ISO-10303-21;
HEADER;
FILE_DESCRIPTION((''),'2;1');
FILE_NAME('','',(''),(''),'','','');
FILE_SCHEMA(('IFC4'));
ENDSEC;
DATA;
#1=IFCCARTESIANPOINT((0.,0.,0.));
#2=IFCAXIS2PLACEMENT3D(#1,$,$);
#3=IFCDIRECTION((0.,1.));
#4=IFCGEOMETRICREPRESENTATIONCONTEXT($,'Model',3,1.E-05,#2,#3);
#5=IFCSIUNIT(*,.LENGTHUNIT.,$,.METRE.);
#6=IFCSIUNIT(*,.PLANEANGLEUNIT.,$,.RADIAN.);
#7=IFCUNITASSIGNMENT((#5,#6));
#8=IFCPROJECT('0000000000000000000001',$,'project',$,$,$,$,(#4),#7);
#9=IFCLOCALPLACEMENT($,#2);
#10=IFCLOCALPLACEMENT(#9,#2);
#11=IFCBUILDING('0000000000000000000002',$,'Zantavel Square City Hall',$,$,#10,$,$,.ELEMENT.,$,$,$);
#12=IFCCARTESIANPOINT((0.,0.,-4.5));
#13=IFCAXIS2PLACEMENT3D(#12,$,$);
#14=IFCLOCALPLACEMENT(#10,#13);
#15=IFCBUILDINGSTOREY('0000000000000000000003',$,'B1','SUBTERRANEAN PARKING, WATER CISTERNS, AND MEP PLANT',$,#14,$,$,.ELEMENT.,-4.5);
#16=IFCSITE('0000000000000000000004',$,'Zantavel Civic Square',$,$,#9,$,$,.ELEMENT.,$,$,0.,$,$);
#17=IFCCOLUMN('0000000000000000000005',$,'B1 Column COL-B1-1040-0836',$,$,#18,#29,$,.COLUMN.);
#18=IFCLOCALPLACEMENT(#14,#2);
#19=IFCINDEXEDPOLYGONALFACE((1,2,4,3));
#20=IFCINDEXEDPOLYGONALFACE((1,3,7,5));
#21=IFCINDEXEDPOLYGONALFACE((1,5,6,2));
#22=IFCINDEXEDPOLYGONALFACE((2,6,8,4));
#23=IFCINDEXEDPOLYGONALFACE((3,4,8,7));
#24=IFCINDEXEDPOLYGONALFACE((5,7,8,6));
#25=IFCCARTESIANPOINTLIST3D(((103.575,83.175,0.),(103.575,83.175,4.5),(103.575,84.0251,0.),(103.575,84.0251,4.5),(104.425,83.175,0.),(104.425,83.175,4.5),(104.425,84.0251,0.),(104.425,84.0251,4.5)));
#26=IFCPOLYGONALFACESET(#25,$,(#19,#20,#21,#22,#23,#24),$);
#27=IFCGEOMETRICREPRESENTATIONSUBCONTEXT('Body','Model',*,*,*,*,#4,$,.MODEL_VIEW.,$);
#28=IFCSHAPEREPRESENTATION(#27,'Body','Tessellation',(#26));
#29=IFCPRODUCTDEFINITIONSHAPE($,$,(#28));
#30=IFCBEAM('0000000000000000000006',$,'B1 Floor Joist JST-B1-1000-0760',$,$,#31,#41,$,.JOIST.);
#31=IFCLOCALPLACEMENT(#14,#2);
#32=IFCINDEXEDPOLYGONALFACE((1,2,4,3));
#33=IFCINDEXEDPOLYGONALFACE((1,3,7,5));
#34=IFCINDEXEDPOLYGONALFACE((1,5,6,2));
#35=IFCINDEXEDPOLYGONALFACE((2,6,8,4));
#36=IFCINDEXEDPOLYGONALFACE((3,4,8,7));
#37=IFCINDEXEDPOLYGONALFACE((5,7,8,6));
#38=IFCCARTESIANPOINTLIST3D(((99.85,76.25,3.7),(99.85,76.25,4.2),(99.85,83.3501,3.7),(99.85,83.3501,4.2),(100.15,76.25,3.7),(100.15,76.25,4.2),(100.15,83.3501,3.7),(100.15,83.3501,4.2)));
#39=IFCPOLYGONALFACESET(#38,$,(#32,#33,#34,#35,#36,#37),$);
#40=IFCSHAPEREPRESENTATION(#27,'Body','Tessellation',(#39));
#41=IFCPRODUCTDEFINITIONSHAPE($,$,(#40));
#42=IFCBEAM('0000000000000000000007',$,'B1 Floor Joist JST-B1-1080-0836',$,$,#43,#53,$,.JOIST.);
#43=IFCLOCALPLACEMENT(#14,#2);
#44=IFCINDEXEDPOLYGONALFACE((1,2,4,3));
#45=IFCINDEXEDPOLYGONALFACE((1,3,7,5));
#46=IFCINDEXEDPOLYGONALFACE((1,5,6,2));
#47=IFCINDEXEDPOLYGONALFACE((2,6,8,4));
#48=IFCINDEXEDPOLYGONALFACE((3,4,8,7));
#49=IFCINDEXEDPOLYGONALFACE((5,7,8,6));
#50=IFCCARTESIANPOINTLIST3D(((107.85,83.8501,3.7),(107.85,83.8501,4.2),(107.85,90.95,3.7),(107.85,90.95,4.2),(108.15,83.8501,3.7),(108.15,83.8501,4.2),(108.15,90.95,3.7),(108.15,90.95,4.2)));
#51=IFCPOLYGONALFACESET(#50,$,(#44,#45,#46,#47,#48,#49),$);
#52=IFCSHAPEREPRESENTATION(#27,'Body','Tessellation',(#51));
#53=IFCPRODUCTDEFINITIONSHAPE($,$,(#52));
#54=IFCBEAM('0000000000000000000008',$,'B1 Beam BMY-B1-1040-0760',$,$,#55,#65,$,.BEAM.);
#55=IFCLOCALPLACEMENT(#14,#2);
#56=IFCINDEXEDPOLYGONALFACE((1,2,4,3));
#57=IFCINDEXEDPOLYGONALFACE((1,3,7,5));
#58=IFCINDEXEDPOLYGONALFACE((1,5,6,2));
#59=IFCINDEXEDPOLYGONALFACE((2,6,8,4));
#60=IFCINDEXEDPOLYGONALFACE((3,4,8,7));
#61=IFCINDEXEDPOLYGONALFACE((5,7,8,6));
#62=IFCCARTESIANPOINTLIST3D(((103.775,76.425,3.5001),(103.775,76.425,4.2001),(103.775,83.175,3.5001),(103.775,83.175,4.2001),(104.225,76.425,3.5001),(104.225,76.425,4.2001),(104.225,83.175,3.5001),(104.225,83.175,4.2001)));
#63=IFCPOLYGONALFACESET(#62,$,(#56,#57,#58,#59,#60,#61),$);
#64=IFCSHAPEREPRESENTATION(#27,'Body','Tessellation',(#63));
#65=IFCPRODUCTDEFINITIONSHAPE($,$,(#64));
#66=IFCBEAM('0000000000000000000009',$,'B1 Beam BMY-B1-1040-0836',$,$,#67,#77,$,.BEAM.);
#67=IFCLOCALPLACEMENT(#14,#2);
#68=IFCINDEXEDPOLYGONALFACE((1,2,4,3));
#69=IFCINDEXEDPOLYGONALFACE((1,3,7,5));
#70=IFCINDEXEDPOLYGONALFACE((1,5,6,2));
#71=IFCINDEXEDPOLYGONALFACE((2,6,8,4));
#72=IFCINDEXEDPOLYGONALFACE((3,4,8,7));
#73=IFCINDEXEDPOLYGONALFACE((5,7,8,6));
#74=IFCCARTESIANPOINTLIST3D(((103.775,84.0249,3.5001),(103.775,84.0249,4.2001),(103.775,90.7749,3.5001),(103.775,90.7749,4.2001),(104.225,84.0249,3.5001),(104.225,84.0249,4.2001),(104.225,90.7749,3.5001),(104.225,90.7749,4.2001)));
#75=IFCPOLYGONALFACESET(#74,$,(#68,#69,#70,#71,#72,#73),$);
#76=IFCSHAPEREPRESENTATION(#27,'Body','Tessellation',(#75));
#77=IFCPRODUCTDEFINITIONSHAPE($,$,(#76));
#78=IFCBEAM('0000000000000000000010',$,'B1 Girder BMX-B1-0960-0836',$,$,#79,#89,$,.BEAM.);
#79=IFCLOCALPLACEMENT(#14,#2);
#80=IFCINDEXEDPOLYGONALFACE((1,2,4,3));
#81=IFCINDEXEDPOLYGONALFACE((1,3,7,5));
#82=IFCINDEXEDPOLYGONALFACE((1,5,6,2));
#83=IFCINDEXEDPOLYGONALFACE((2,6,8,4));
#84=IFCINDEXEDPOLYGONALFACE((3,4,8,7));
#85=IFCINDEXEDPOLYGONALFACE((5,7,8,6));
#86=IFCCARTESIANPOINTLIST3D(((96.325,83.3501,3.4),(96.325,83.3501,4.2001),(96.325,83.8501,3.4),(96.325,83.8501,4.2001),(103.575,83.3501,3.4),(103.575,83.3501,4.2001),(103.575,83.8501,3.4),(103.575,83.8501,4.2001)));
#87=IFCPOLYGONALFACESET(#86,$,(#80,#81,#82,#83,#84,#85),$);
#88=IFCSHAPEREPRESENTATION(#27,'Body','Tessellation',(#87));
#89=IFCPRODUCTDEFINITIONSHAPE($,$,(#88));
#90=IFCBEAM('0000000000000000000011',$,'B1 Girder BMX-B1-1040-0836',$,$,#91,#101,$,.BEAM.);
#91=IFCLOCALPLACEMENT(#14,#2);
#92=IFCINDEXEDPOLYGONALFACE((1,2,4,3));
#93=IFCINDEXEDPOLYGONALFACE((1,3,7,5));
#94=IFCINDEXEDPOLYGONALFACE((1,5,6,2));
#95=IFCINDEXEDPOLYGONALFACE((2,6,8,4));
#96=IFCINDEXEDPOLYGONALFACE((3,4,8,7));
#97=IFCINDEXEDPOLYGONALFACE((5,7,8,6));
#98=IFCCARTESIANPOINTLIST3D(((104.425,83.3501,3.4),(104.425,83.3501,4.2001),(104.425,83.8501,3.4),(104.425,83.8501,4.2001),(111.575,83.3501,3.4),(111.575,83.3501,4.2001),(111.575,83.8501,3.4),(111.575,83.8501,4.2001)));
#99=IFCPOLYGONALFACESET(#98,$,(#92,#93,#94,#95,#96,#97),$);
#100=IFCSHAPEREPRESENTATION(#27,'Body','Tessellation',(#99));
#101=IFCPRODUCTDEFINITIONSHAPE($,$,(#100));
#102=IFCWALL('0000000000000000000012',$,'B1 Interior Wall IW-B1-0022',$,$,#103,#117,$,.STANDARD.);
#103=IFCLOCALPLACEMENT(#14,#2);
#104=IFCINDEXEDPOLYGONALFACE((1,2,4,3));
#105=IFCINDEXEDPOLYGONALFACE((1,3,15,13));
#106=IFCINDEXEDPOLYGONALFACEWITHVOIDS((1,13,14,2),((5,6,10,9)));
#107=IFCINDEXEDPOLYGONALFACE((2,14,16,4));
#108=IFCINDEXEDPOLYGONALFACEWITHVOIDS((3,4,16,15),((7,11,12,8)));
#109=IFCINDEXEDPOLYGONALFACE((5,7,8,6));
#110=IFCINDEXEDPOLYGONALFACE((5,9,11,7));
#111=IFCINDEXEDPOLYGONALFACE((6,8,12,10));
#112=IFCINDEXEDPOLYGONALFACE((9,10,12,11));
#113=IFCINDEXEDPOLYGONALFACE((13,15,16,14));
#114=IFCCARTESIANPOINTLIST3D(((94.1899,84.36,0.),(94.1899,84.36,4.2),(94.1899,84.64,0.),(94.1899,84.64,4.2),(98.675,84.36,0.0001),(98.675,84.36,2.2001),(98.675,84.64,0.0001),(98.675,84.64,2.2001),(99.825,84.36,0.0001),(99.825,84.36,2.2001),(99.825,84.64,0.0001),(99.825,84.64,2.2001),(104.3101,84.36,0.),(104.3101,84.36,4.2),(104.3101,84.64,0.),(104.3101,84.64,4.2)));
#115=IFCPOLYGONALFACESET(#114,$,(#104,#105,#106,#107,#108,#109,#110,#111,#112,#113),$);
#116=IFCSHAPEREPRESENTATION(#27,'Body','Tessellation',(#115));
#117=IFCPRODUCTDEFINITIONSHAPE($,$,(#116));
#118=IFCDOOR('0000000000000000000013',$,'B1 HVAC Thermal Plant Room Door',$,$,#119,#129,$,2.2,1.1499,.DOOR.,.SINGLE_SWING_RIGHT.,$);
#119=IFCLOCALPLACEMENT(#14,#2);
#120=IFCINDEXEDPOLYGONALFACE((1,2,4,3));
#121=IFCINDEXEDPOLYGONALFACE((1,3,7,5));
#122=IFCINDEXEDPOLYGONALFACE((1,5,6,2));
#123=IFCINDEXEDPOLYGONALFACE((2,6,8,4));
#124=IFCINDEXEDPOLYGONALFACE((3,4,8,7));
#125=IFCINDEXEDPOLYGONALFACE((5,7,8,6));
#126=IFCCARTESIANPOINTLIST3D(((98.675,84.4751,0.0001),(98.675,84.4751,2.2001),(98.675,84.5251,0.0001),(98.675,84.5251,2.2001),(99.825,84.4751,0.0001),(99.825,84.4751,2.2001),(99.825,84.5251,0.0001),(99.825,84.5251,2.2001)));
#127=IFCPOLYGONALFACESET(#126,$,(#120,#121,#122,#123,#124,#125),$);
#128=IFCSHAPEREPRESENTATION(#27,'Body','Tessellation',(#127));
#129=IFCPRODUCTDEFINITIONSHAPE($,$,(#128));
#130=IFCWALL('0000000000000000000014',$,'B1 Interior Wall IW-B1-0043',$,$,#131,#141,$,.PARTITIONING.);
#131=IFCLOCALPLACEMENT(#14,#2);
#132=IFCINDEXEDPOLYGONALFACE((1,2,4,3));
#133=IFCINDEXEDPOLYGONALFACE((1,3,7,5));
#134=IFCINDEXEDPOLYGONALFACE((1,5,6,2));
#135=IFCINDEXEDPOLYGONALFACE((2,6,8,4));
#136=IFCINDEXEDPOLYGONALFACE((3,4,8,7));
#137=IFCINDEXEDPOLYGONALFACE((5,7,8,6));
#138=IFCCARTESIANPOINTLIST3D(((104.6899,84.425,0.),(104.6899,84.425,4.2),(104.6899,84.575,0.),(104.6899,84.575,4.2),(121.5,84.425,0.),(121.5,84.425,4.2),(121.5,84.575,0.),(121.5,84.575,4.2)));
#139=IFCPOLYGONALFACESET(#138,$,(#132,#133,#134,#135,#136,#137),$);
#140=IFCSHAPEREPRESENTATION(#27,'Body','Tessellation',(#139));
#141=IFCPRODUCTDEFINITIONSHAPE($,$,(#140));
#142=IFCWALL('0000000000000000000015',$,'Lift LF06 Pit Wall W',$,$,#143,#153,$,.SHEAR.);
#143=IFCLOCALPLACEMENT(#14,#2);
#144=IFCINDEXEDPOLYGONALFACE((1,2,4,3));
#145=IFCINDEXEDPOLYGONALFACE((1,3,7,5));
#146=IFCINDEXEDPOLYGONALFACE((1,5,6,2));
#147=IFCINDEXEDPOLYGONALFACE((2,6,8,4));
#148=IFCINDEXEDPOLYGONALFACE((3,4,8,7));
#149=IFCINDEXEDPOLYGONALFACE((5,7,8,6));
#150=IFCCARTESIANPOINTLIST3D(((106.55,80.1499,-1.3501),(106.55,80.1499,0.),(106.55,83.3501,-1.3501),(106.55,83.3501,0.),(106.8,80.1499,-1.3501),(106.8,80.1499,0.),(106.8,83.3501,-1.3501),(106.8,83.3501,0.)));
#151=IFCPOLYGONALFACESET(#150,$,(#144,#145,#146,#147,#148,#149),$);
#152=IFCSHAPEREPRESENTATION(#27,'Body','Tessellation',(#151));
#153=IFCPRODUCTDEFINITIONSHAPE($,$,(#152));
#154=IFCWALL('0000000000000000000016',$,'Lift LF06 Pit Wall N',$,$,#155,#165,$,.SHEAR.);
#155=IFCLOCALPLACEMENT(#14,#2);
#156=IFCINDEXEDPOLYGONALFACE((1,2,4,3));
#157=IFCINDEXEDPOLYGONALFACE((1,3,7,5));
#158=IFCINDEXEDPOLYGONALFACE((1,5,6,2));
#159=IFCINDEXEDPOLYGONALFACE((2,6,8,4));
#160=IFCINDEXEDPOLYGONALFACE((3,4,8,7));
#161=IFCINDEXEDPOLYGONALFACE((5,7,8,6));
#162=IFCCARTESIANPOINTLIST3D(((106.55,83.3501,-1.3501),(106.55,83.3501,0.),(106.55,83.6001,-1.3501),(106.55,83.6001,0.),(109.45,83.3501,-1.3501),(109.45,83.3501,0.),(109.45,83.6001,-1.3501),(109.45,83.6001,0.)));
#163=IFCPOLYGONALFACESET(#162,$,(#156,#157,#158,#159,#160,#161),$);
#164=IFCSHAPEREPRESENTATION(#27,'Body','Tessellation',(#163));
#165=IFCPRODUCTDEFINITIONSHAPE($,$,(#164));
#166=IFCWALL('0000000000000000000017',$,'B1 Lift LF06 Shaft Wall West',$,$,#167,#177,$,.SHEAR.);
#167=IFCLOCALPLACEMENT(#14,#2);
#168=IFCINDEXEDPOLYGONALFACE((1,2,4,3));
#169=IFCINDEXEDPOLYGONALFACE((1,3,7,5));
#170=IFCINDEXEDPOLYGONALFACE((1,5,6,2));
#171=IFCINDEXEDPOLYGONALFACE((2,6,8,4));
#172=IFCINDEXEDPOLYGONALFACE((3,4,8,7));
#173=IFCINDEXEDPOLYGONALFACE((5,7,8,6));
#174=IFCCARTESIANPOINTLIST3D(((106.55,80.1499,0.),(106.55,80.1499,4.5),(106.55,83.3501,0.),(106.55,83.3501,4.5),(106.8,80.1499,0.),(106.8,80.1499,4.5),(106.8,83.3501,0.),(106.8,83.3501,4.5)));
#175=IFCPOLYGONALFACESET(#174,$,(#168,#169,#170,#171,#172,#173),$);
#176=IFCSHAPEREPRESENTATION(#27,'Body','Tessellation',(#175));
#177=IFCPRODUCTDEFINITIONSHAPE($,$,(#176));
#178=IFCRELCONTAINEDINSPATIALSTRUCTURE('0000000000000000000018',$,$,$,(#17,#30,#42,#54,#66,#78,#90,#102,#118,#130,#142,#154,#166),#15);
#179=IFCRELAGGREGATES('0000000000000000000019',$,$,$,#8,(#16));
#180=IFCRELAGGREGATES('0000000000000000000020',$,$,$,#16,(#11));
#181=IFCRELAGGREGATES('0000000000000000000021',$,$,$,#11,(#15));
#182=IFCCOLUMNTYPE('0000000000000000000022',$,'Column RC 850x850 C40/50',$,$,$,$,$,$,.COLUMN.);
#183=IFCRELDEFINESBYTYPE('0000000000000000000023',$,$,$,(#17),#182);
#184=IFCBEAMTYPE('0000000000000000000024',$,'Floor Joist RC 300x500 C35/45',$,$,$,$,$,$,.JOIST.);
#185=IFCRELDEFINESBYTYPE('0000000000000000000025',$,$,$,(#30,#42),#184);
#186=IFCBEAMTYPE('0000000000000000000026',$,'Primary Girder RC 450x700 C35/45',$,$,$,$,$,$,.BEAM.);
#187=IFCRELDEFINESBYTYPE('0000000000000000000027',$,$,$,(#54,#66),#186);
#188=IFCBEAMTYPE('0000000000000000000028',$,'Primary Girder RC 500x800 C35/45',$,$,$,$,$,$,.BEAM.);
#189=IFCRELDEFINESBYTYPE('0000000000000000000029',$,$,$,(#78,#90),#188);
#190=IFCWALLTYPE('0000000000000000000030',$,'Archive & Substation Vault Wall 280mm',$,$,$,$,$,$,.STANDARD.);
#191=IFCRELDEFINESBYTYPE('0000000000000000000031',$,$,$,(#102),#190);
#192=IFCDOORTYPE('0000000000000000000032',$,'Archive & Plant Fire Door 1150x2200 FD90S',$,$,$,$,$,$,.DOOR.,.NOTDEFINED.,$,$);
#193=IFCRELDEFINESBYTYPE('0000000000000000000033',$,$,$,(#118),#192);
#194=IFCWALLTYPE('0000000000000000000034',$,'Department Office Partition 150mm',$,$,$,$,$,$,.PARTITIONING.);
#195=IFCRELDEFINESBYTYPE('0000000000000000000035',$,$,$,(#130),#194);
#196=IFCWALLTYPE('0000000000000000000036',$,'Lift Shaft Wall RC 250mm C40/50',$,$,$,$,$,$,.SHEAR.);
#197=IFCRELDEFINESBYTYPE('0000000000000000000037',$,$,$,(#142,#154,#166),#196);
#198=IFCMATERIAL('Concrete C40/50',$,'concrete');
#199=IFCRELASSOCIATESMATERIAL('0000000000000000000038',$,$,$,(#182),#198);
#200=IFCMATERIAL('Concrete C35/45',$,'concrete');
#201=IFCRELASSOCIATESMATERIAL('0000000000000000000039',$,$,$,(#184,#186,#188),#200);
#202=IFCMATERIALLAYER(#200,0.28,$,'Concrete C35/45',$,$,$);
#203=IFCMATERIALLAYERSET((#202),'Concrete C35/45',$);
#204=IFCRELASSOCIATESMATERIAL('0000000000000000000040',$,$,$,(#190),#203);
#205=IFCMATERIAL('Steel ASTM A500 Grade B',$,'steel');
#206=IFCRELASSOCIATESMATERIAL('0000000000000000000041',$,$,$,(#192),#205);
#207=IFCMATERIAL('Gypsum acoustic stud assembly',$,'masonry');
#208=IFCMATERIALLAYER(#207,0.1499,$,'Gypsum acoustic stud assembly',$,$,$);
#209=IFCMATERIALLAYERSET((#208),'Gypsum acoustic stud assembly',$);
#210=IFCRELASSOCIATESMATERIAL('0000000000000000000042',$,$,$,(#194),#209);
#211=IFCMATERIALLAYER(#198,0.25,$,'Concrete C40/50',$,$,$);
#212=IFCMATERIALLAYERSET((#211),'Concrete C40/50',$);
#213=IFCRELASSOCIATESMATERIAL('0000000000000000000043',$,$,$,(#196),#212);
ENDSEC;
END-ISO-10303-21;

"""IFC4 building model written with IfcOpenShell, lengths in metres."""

from ifc_helpers import new_model, si_unit, direction, frame, frame_2d, origin, origin_2d, place, context, subcontext, project, spatial, rectangle, extrude, material, layer, layer_set, material_profile, profile_set, type_object, element, fill, save


model = new_model("IFC4")

# Units and contexts
model_context = context("Model", 3, precision=1e-05, world=origin(), true_north=direction((0.0, 1.0)))
body_context = subcontext(model_context, "Body", "Model", "MODEL_VIEW")
ifc_project = project(units=[si_unit("LENGTHUNIT", "METRE"), si_unit("PLANEANGLEUNIT", "RADIAN")], contexts=[model_context])

# Site, building, storey
site_placement = place(None, origin())
site = spatial("IfcSite", under=ifc_project, at=site_placement, Name="Zantavel Civic Square", CompositionType="ELEMENT", RefElevation=0.0)
building_placement = place(site_placement, origin())
building = spatial("IfcBuilding", under=site, at=building_placement, Name="Zantavel Square City Hall", CompositionType="ELEMENT")
storey_placement = place(building_placement, frame((0.0, 0.0, -4.5)))
storey = spatial("IfcBuildingStorey", under=building, at=storey_placement, Name="B1", Description="SUBTERRANEAN PARKING, WATER CISTERNS, AND MEP PLANT", CompositionType="ELEMENT", Elevation=-4.5)

# Shared definitions
ifc_material_1 = material(Name="Concrete C35/45", Category="concrete")

# Shared definitions
ifc_material_2 = material(Name="Concrete C40/50", Category="concrete")

# Column
ifc_material_profile_1 = material_profile(ifc_material_2, rectangle(XDim=0.8501, YDim=0.8501, at=origin_2d()), Name="RC 850x850")
ifc_profile_set_1 = profile_set([ifc_material_profile_1], Name="Concrete C40/50")
column_type = type_object("IfcColumnType", Name="Column RC 850x850 C40/50", PredefinedType="COLUMN", material=ifc_profile_set_1)
column_placement = place(storey_placement, frame((104.0, 83.6001, 0.0), z_axis=(0.0, 0.0, 1.0), x_axis=(1.0, 0.0, 0.0)))
element("IfcColumn", 1, at=column_placement, inside=storey, type_object=column_type, Name="B1 Column COL-B1-1040-0836", PredefinedType="COLUMN", context=body_context, shape_type="SweptSolid", body=[
    extrude(rectangle(XDim=0.8501, YDim=0.8501, at=origin_2d()), origin(), (0.0, 0.0, 1.0), 4.5),
])

# Beams
ifc_material_profile_2 = material_profile(ifc_material_1, rectangle(XDim=0.3, YDim=0.5, at=origin_2d()), Name="RC 300x500")
ifc_profile_set_2 = profile_set([ifc_material_profile_2], Name="Concrete C35/45")
beam_type_1 = type_object("IfcBeamType", Name="Floor Joist RC 300x500 C35/45", PredefinedType="JOIST", material=ifc_profile_set_2)
beam_1_placement = place(storey_placement, frame((100.0, 76.25, 3.95), z_axis=(0.0, 1.0, 0.0), x_axis=(-1.0, 0.0, 0.0)))
element("IfcBeam", 2, at=beam_1_placement, inside=storey, type_object=beam_type_1, Name="B1 Floor Joist JST-B1-1000-0760", PredefinedType="JOIST", context=body_context, shape_type="SweptSolid", body=[
    extrude(rectangle(XDim=0.3, YDim=0.5, at=origin_2d()), origin(), (0.0, 0.0, 1.0), 7.1001),
])
beam_2_placement = place(storey_placement, frame((108.0, 83.8501, 3.95), z_axis=(0.0, 1.0, 0.0), x_axis=(-1.0, 0.0, 0.0)))
element("IfcBeam", 3, at=beam_2_placement, inside=storey, type_object=beam_type_1, Name="B1 Floor Joist JST-B1-1080-0836", PredefinedType="JOIST", context=body_context, shape_type="SweptSolid", body=[
    extrude(rectangle(XDim=0.3, YDim=0.5, at=origin_2d()), origin(), (0.0, 0.0, 1.0), 7.0999),
])
ifc_material_profile_3 = material_profile(ifc_material_1, rectangle(XDim=0.45, YDim=0.7, at=origin_2d()), Name="RC 450x700")
ifc_profile_set_3 = profile_set([ifc_material_profile_3], Name="Concrete C35/45")
beam_type_2 = type_object("IfcBeamType", Name="Primary Girder RC 450x700 C35/45", PredefinedType="BEAM", material=ifc_profile_set_3)
for number, where, z_axis, x_axis, name in (
    (4, (104.0, 76.425, 3.8501), (0.0, 1.0, 0.0), (-1.0, 0.0, 0.0), "B1 Beam BMY-B1-1040-0760"),
    (5, (104.0, 84.0249, 3.8501), (0.0, 1.0, 0.0), (-1.0, 0.0, 0.0), "B1 Beam BMY-B1-1040-0836"),
):
    element("IfcBeam", number, at=place(storey_placement, frame(where, z_axis=z_axis, x_axis=x_axis)), inside=storey, type_object=beam_type_2, Name=name, PredefinedType="BEAM", context=body_context, shape_type="SweptSolid", body=[
        extrude(rectangle(XDim=0.45, YDim=0.7, at=origin_2d()), origin(), (0.0, 0.0, 1.0), 6.75),
    ])
ifc_material_profile_4 = material_profile(ifc_material_1, rectangle(XDim=0.5, YDim=0.8, at=origin_2d()), Name="RC 500x800")
ifc_profile_set_4 = profile_set([ifc_material_profile_4], Name="Concrete C35/45")
beam_type_3 = type_object("IfcBeamType", Name="Primary Girder RC 500x800 C35/45", PredefinedType="BEAM", material=ifc_profile_set_4)
beam_3_placement = place(storey_placement, frame((96.325, 83.6001, 3.8), z_axis=(1.0, 0.0, 0.0), x_axis=(0.0, 1.0, 0.0)))
element("IfcBeam", 6, at=beam_3_placement, inside=storey, type_object=beam_type_3, Name="B1 Girder BMX-B1-0960-0836", PredefinedType="BEAM", context=body_context, shape_type="SweptSolid", body=[
    extrude(rectangle(XDim=0.5, YDim=0.8, at=origin_2d()), origin(), (0.0, 0.0, 1.0), 7.25),
])
beam_4_placement = place(storey_placement, frame((104.425, 83.6001, 3.8), z_axis=(1.0, 0.0, 0.0), x_axis=(0.0, 1.0, 0.0)))
element("IfcBeam", 7, at=beam_4_placement, inside=storey, type_object=beam_type_3, Name="B1 Girder BMX-B1-1040-0836", PredefinedType="BEAM", context=body_context, shape_type="SweptSolid", body=[
    extrude(rectangle(XDim=0.5, YDim=0.8, at=origin_2d()), origin(), (0.0, 0.0, 1.0), 7.1499),
])

# Wall, opening, door
ifc_layer_1 = layer(ifc_material_1, 0.28, Name="Concrete C35/45")
ifc_layer_set_1 = layer_set([ifc_layer_1], Name="Concrete C35/45")
wall_type_1 = type_object("IfcWallType", Name="Archive & Substation Vault Wall 280mm", PredefinedType="STANDARD", material=ifc_layer_set_1)
wall_1_placement = place(storey_placement, frame((104.3101, 84.5, 0.0), z_axis=(0.0, 0.0, 1.0), x_axis=(-1.0, 0.0, 0.0)))
wall_1 = element("IfcWall", 8, at=wall_1_placement, inside=storey, type_object=wall_type_1, Name="B1 Interior Wall IW-B1-0022", PredefinedType="STANDARD", context=body_context, shape_type="SweptSolid", body=[
    extrude(rectangle(XDim=10.1201, YDim=0.28, at=frame_2d((5.0601, 0.0))), origin(), (0.0, 0.0, 1.0), 4.2),
])
opening_placement = place(wall_1_placement, frame((4.4851, 0.0, 0.0)))
opening = element("IfcOpeningElement", 9, at=opening_placement, cuts=wall_1, PredefinedType="OPENING", context=body_context, shape_type="SweptSolid", body=[
    extrude(rectangle(XDim=1.1499, YDim=2.2, at=frame_2d((0.575, 1.1001))), frame((0.0, 0.1499, 0.0), z_axis=(0.0, -1.0, 0.0), x_axis=(1.0, 0.0, 0.0)), (0.0, 0.0, 1.0), 0.3),
])
ifc_material_3 = material(Name="Steel ASTM A500 Grade B", Category="steel")
door_type = type_object("IfcDoorType", Name="Archive & Plant Fire Door 1150x2200 FD90S", OperationType="NOTDEFINED", PredefinedType="DOOR", material=ifc_material_3)
door_placement = place(opening_placement, origin())
door = element("IfcDoor", 10, at=door_placement, inside=storey, type_object=door_type, Name="B1 HVAC Thermal Plant Room Door", OperationType="SINGLE_SWING_RIGHT", OverallHeight=2.2, OverallWidth=1.1499, PredefinedType="DOOR", context=body_context, shape_type="SweptSolid", body=[
    extrude(rectangle(XDim=1.1499, YDim=2.2, at=frame_2d((0.575, 1.1001))), frame((0.0, 0.0249, 0.0), z_axis=(0.0, -1.0, 0.0), x_axis=(1.0, 0.0, 0.0)), (0.0, 0.0, 1.0), 0.05),
])
fill(opening, door)

# Walls
ifc_material_4 = material(Name="Gypsum acoustic stud assembly", Category="masonry")
ifc_layer_2 = layer(ifc_material_4, 0.1499, Name="Gypsum acoustic stud assembly")
ifc_layer_set_2 = layer_set([ifc_layer_2], Name="Gypsum acoustic stud assembly")
wall_type_2 = type_object("IfcWallType", Name="Department Office Partition 150mm", PredefinedType="PARTITIONING", material=ifc_layer_set_2)
wall_2_placement = place(storey_placement, frame((104.6899, 84.5, 0.0), z_axis=(0.0, 0.0, 1.0), x_axis=(1.0, 0.0, 0.0)))
element("IfcWall", 11, at=wall_2_placement, inside=storey, type_object=wall_type_2, Name="B1 Interior Wall IW-B1-0043", PredefinedType="PARTITIONING", context=body_context, shape_type="SweptSolid", body=[
    extrude(rectangle(XDim=16.8101, YDim=0.1499, at=frame_2d((8.405, 0.0))), origin(), (0.0, 0.0, 1.0), 4.2),
])
ifc_layer_3 = layer(ifc_material_2, 0.25, Name="Concrete C40/50")
ifc_layer_set_3 = layer_set([ifc_layer_3], Name="Concrete C40/50")
wall_type_3 = type_object("IfcWallType", Name="Lift Shaft Wall RC 250mm C40/50", PredefinedType="SHEAR", material=ifc_layer_set_3)
wall_3_placement = place(storey_placement, frame((106.675, 80.1499, -1.3501), z_axis=(0.0, 0.0, 1.0), x_axis=(0.0, 1.0, 0.0)))
element("IfcWall", 12, at=wall_3_placement, inside=storey, type_object=wall_type_3, Name="Lift LF06 Pit Wall W", PredefinedType="SHEAR", context=body_context, shape_type="SweptSolid", body=[
    extrude(rectangle(XDim=3.2002, YDim=0.25, at=frame_2d((1.6001, 0.0))), origin(), (0.0, 0.0, 1.0), 1.3501),
])
wall_4_placement = place(storey_placement, frame((106.55, 83.4751, -1.3501), z_axis=(0.0, 0.0, 1.0), x_axis=(1.0, 0.0, 0.0)))
element("IfcWall", 13, at=wall_4_placement, inside=storey, type_object=wall_type_3, Name="Lift LF06 Pit Wall N", PredefinedType="SHEAR", context=body_context, shape_type="SweptSolid", body=[
    extrude(rectangle(XDim=2.8999, YDim=0.25, at=frame_2d((1.45, 0.0))), origin(), (0.0, 0.0, 1.0), 1.3501),
])
wall_5_placement = place(storey_placement, frame((106.675, 80.1499, 0.0), z_axis=(0.0, 0.0, 1.0), x_axis=(0.0, 1.0, 0.0)))
element("IfcWall", 14, at=wall_5_placement, inside=storey, type_object=wall_type_3, Name="B1 Lift LF06 Shaft Wall West", PredefinedType="SHEAR", context=body_context, shape_type="SweptSolid", body=[
    extrude(rectangle(XDim=3.2002, YDim=0.25, at=frame_2d((1.6001, 0.0))), origin(), (0.0, 0.0, 1.0), 4.5),
])

save(model, "model.ifc")
